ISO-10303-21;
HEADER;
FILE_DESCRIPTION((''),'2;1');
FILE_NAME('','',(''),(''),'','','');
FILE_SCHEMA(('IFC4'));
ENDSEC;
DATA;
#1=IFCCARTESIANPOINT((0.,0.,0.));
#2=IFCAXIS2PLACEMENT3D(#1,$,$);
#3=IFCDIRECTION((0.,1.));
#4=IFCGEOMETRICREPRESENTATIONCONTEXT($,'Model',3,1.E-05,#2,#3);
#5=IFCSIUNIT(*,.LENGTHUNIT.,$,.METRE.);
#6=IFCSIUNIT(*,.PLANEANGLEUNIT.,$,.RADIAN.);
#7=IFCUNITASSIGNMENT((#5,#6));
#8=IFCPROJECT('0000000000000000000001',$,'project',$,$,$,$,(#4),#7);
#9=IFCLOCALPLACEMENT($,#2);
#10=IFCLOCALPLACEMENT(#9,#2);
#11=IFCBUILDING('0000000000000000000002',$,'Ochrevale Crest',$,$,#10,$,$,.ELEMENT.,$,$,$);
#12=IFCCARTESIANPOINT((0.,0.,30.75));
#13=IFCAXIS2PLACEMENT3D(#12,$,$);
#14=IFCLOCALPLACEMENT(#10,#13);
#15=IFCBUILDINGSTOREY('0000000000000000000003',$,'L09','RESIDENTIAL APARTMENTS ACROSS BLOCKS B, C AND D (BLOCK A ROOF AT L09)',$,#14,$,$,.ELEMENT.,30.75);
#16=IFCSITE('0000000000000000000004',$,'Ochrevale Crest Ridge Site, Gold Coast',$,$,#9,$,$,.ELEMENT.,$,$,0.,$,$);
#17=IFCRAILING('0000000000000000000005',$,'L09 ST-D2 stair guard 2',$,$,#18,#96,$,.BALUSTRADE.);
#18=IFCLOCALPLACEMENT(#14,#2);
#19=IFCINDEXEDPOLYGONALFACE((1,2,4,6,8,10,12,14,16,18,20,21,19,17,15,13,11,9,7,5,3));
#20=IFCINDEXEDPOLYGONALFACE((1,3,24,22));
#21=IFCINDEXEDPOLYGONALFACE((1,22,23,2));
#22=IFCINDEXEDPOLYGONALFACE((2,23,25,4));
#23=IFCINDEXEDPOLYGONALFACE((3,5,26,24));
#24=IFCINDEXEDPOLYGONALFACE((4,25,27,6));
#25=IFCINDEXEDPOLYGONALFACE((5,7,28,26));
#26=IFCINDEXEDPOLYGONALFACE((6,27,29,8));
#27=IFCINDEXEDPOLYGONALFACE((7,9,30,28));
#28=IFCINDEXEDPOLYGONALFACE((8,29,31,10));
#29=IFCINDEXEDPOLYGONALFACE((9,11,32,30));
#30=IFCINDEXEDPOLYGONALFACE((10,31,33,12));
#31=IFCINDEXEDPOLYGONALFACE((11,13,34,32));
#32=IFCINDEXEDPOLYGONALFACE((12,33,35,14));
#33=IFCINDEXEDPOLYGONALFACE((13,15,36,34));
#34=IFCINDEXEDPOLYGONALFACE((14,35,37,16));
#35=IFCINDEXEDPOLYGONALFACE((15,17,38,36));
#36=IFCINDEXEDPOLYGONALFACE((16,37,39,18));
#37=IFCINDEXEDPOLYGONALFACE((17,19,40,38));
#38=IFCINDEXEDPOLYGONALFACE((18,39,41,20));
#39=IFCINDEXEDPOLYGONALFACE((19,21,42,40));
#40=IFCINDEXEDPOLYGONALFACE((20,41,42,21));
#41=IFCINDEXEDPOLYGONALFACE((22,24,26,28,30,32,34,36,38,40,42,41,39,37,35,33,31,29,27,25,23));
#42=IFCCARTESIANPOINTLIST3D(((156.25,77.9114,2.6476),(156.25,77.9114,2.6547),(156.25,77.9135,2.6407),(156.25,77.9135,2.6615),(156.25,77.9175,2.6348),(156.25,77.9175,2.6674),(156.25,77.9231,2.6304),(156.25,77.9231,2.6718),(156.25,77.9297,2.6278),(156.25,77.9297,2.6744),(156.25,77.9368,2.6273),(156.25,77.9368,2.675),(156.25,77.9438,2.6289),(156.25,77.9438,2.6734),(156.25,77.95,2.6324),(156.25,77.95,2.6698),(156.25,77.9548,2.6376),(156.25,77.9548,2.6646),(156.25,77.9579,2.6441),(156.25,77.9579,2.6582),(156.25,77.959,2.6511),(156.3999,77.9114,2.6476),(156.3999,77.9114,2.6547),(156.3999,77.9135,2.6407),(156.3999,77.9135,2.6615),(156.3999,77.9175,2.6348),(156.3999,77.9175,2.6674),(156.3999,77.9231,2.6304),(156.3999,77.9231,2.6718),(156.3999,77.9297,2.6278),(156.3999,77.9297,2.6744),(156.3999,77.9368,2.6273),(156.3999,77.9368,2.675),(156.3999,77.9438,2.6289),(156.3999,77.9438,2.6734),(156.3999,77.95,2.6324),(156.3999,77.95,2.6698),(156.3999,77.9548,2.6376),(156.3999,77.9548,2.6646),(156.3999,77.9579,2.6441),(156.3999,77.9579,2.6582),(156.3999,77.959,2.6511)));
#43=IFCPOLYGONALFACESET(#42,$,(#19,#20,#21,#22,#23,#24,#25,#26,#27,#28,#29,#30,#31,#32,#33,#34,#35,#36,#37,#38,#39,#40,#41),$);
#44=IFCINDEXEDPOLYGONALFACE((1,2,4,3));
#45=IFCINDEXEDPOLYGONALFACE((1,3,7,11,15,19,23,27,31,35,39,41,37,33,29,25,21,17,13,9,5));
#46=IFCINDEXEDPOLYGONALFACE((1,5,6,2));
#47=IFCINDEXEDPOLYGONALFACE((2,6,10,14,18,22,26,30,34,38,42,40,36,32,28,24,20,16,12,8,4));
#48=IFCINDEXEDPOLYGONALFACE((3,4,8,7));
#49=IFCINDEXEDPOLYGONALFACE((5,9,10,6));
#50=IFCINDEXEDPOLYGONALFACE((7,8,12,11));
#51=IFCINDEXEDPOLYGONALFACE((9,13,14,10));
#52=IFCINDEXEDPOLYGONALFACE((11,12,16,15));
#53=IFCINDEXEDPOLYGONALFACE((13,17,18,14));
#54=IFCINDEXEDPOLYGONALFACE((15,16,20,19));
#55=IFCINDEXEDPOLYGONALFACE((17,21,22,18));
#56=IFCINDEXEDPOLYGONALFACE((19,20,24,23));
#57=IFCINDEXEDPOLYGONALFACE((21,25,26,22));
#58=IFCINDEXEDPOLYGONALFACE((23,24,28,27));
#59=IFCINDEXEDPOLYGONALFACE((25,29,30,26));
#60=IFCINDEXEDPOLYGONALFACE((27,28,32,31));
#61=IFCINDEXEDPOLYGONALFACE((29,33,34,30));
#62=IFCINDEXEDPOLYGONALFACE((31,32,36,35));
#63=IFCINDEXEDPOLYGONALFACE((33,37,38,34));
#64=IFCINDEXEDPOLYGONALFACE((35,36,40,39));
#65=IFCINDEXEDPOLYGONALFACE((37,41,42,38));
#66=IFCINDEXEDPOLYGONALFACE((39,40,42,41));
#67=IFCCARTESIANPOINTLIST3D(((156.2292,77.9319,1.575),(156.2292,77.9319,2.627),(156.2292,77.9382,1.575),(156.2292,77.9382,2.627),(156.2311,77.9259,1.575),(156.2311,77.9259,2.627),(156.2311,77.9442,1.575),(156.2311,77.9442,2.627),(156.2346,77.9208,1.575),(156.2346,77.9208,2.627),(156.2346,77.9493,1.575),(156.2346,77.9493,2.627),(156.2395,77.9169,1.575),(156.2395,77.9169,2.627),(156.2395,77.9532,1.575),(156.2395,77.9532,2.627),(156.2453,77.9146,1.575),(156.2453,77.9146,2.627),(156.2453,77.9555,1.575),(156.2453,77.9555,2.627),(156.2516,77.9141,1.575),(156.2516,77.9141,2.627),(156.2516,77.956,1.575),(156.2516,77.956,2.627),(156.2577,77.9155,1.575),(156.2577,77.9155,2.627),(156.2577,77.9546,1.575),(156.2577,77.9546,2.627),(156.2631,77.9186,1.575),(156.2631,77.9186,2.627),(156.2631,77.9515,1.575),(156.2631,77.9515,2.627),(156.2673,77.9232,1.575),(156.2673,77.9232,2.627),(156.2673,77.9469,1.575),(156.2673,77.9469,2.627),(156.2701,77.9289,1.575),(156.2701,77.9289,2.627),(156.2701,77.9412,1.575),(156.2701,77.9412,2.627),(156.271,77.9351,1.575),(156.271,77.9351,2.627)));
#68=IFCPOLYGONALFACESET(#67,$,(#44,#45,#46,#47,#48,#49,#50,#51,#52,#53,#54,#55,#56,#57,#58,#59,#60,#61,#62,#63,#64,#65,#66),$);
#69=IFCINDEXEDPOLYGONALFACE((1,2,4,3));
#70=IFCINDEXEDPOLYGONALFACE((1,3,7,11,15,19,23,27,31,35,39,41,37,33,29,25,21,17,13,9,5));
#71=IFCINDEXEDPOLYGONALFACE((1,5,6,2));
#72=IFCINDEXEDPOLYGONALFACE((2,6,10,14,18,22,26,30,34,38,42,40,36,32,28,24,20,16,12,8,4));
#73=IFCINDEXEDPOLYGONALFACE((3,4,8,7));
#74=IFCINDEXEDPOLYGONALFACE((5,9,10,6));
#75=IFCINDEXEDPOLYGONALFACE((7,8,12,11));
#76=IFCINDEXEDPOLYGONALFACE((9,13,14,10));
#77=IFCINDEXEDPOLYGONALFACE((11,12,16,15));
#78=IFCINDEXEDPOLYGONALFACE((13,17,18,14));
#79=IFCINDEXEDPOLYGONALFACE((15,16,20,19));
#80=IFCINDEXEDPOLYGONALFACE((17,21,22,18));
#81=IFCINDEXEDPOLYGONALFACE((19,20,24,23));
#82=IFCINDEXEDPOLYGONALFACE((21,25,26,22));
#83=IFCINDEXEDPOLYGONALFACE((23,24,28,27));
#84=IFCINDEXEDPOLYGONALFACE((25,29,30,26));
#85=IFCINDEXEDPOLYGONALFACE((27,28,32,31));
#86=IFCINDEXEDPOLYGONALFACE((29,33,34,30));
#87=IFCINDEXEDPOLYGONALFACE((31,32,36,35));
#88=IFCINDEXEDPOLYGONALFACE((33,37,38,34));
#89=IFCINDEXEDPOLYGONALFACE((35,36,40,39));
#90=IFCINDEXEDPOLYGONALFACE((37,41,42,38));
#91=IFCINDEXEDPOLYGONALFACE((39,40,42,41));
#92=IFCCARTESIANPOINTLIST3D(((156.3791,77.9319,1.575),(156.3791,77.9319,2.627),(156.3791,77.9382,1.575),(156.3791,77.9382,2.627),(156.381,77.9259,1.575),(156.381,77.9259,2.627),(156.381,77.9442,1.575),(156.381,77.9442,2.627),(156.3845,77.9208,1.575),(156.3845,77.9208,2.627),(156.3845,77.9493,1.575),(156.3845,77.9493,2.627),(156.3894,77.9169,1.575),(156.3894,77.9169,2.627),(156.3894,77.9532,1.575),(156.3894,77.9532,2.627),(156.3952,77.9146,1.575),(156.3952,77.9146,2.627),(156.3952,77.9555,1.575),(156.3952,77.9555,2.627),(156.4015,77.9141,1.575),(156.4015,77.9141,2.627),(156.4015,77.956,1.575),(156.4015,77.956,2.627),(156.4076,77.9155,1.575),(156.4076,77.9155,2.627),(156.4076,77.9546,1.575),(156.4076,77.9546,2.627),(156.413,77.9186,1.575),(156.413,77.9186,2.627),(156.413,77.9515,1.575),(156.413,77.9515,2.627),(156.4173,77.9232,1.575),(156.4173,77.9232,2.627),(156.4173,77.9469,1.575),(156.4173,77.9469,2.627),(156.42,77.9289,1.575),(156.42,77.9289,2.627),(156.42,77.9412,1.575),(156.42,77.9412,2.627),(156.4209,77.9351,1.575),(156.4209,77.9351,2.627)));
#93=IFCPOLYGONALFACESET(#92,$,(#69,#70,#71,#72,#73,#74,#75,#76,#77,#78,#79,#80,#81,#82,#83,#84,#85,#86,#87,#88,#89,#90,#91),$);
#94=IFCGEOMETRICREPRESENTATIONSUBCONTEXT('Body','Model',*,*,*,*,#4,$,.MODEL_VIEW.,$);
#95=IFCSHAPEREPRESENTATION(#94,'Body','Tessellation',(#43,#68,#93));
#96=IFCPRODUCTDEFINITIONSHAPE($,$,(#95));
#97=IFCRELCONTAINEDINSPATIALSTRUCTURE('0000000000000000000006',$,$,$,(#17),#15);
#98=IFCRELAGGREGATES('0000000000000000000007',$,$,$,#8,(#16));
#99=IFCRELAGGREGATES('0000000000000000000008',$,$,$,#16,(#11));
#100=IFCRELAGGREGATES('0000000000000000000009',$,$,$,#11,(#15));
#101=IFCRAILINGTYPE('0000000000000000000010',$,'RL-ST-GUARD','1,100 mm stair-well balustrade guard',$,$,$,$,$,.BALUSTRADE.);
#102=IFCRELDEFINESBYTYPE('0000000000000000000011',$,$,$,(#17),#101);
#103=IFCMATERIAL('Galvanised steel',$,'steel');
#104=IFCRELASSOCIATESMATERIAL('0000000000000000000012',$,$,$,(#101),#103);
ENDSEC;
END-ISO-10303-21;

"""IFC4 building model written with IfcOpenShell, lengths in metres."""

from ifc_helpers import new_model, si_unit, direction, frame, origin, origin_2d, place, context, subcontext, project, spatial, circle, extrude, material, type_object, element, save


model = new_model("IFC4")

# Units and contexts
model_context = context("Model", 3, precision=1e-05, world=origin(), true_north=direction((0.0, 1.0)))
body_context = subcontext(model_context, "Body", "Model", "MODEL_VIEW")
ifc_project = project(units=[si_unit("LENGTHUNIT", "METRE"), si_unit("PLANEANGLEUNIT", "RADIAN")], contexts=[model_context])

# Site, building, storey
site_placement = place(None, origin())
site = spatial("IfcSite", under=ifc_project, at=site_placement, Name="Ochrevale Crest Ridge Site, Gold Coast", CompositionType="ELEMENT", RefElevation=0.0)
building_placement = place(site_placement, origin())
building = spatial("IfcBuilding", under=site, at=building_placement, Name="Ochrevale Crest", CompositionType="ELEMENT")
storey_placement = place(building_placement, frame((0.0, 0.0, 30.75)))
storey = spatial("IfcBuildingStorey", under=building, at=storey_placement, Name="L09", Description="RESIDENTIAL APARTMENTS ACROSS BLOCKS B, C AND D (BLOCK A ROOF AT L09)", CompositionType="ELEMENT", Elevation=30.75)

# Railing
ifc_material_1 = material(Name="Galvanised steel", Category="steel")
railing_type_1 = type_object("IfcRailingType", Name="RL-ST-GUARD", Description="1,100 mm stair-well balustrade guard", PredefinedType="BALUSTRADE", material=ifc_material_1)
railing_1_placement = place(storey_placement, frame((156.25, 77.9351, 1.575)))
element("IfcRailing", 1, at=railing_1_placement, inside=storey, type_object=railing_type_1, Name="L09 ST-D2 stair guard 2", PredefinedType="BALUSTRADE", context=body_context, shape_type="SweptSolid", body=[
    extrude(circle(Radius=0.0239, at=origin_2d()), frame((0.0, 0.0, 1.0762), z_axis=(1.0, 0.0, 0.0), x_axis=(0.0, 1.0, 0.0)), (0.0, 0.0, 1.0), 0.1499),
    extrude(circle(Radius=0.021, at=origin_2d()), origin(), (0.0, 0.0, 1.0), 1.052),
    extrude(circle(Radius=0.021, at=origin_2d()), frame((0.1499, 0.0, 0.0)), (0.0, 0.0, 1.0), 1.052),
])

save(model, "model.ifc")
